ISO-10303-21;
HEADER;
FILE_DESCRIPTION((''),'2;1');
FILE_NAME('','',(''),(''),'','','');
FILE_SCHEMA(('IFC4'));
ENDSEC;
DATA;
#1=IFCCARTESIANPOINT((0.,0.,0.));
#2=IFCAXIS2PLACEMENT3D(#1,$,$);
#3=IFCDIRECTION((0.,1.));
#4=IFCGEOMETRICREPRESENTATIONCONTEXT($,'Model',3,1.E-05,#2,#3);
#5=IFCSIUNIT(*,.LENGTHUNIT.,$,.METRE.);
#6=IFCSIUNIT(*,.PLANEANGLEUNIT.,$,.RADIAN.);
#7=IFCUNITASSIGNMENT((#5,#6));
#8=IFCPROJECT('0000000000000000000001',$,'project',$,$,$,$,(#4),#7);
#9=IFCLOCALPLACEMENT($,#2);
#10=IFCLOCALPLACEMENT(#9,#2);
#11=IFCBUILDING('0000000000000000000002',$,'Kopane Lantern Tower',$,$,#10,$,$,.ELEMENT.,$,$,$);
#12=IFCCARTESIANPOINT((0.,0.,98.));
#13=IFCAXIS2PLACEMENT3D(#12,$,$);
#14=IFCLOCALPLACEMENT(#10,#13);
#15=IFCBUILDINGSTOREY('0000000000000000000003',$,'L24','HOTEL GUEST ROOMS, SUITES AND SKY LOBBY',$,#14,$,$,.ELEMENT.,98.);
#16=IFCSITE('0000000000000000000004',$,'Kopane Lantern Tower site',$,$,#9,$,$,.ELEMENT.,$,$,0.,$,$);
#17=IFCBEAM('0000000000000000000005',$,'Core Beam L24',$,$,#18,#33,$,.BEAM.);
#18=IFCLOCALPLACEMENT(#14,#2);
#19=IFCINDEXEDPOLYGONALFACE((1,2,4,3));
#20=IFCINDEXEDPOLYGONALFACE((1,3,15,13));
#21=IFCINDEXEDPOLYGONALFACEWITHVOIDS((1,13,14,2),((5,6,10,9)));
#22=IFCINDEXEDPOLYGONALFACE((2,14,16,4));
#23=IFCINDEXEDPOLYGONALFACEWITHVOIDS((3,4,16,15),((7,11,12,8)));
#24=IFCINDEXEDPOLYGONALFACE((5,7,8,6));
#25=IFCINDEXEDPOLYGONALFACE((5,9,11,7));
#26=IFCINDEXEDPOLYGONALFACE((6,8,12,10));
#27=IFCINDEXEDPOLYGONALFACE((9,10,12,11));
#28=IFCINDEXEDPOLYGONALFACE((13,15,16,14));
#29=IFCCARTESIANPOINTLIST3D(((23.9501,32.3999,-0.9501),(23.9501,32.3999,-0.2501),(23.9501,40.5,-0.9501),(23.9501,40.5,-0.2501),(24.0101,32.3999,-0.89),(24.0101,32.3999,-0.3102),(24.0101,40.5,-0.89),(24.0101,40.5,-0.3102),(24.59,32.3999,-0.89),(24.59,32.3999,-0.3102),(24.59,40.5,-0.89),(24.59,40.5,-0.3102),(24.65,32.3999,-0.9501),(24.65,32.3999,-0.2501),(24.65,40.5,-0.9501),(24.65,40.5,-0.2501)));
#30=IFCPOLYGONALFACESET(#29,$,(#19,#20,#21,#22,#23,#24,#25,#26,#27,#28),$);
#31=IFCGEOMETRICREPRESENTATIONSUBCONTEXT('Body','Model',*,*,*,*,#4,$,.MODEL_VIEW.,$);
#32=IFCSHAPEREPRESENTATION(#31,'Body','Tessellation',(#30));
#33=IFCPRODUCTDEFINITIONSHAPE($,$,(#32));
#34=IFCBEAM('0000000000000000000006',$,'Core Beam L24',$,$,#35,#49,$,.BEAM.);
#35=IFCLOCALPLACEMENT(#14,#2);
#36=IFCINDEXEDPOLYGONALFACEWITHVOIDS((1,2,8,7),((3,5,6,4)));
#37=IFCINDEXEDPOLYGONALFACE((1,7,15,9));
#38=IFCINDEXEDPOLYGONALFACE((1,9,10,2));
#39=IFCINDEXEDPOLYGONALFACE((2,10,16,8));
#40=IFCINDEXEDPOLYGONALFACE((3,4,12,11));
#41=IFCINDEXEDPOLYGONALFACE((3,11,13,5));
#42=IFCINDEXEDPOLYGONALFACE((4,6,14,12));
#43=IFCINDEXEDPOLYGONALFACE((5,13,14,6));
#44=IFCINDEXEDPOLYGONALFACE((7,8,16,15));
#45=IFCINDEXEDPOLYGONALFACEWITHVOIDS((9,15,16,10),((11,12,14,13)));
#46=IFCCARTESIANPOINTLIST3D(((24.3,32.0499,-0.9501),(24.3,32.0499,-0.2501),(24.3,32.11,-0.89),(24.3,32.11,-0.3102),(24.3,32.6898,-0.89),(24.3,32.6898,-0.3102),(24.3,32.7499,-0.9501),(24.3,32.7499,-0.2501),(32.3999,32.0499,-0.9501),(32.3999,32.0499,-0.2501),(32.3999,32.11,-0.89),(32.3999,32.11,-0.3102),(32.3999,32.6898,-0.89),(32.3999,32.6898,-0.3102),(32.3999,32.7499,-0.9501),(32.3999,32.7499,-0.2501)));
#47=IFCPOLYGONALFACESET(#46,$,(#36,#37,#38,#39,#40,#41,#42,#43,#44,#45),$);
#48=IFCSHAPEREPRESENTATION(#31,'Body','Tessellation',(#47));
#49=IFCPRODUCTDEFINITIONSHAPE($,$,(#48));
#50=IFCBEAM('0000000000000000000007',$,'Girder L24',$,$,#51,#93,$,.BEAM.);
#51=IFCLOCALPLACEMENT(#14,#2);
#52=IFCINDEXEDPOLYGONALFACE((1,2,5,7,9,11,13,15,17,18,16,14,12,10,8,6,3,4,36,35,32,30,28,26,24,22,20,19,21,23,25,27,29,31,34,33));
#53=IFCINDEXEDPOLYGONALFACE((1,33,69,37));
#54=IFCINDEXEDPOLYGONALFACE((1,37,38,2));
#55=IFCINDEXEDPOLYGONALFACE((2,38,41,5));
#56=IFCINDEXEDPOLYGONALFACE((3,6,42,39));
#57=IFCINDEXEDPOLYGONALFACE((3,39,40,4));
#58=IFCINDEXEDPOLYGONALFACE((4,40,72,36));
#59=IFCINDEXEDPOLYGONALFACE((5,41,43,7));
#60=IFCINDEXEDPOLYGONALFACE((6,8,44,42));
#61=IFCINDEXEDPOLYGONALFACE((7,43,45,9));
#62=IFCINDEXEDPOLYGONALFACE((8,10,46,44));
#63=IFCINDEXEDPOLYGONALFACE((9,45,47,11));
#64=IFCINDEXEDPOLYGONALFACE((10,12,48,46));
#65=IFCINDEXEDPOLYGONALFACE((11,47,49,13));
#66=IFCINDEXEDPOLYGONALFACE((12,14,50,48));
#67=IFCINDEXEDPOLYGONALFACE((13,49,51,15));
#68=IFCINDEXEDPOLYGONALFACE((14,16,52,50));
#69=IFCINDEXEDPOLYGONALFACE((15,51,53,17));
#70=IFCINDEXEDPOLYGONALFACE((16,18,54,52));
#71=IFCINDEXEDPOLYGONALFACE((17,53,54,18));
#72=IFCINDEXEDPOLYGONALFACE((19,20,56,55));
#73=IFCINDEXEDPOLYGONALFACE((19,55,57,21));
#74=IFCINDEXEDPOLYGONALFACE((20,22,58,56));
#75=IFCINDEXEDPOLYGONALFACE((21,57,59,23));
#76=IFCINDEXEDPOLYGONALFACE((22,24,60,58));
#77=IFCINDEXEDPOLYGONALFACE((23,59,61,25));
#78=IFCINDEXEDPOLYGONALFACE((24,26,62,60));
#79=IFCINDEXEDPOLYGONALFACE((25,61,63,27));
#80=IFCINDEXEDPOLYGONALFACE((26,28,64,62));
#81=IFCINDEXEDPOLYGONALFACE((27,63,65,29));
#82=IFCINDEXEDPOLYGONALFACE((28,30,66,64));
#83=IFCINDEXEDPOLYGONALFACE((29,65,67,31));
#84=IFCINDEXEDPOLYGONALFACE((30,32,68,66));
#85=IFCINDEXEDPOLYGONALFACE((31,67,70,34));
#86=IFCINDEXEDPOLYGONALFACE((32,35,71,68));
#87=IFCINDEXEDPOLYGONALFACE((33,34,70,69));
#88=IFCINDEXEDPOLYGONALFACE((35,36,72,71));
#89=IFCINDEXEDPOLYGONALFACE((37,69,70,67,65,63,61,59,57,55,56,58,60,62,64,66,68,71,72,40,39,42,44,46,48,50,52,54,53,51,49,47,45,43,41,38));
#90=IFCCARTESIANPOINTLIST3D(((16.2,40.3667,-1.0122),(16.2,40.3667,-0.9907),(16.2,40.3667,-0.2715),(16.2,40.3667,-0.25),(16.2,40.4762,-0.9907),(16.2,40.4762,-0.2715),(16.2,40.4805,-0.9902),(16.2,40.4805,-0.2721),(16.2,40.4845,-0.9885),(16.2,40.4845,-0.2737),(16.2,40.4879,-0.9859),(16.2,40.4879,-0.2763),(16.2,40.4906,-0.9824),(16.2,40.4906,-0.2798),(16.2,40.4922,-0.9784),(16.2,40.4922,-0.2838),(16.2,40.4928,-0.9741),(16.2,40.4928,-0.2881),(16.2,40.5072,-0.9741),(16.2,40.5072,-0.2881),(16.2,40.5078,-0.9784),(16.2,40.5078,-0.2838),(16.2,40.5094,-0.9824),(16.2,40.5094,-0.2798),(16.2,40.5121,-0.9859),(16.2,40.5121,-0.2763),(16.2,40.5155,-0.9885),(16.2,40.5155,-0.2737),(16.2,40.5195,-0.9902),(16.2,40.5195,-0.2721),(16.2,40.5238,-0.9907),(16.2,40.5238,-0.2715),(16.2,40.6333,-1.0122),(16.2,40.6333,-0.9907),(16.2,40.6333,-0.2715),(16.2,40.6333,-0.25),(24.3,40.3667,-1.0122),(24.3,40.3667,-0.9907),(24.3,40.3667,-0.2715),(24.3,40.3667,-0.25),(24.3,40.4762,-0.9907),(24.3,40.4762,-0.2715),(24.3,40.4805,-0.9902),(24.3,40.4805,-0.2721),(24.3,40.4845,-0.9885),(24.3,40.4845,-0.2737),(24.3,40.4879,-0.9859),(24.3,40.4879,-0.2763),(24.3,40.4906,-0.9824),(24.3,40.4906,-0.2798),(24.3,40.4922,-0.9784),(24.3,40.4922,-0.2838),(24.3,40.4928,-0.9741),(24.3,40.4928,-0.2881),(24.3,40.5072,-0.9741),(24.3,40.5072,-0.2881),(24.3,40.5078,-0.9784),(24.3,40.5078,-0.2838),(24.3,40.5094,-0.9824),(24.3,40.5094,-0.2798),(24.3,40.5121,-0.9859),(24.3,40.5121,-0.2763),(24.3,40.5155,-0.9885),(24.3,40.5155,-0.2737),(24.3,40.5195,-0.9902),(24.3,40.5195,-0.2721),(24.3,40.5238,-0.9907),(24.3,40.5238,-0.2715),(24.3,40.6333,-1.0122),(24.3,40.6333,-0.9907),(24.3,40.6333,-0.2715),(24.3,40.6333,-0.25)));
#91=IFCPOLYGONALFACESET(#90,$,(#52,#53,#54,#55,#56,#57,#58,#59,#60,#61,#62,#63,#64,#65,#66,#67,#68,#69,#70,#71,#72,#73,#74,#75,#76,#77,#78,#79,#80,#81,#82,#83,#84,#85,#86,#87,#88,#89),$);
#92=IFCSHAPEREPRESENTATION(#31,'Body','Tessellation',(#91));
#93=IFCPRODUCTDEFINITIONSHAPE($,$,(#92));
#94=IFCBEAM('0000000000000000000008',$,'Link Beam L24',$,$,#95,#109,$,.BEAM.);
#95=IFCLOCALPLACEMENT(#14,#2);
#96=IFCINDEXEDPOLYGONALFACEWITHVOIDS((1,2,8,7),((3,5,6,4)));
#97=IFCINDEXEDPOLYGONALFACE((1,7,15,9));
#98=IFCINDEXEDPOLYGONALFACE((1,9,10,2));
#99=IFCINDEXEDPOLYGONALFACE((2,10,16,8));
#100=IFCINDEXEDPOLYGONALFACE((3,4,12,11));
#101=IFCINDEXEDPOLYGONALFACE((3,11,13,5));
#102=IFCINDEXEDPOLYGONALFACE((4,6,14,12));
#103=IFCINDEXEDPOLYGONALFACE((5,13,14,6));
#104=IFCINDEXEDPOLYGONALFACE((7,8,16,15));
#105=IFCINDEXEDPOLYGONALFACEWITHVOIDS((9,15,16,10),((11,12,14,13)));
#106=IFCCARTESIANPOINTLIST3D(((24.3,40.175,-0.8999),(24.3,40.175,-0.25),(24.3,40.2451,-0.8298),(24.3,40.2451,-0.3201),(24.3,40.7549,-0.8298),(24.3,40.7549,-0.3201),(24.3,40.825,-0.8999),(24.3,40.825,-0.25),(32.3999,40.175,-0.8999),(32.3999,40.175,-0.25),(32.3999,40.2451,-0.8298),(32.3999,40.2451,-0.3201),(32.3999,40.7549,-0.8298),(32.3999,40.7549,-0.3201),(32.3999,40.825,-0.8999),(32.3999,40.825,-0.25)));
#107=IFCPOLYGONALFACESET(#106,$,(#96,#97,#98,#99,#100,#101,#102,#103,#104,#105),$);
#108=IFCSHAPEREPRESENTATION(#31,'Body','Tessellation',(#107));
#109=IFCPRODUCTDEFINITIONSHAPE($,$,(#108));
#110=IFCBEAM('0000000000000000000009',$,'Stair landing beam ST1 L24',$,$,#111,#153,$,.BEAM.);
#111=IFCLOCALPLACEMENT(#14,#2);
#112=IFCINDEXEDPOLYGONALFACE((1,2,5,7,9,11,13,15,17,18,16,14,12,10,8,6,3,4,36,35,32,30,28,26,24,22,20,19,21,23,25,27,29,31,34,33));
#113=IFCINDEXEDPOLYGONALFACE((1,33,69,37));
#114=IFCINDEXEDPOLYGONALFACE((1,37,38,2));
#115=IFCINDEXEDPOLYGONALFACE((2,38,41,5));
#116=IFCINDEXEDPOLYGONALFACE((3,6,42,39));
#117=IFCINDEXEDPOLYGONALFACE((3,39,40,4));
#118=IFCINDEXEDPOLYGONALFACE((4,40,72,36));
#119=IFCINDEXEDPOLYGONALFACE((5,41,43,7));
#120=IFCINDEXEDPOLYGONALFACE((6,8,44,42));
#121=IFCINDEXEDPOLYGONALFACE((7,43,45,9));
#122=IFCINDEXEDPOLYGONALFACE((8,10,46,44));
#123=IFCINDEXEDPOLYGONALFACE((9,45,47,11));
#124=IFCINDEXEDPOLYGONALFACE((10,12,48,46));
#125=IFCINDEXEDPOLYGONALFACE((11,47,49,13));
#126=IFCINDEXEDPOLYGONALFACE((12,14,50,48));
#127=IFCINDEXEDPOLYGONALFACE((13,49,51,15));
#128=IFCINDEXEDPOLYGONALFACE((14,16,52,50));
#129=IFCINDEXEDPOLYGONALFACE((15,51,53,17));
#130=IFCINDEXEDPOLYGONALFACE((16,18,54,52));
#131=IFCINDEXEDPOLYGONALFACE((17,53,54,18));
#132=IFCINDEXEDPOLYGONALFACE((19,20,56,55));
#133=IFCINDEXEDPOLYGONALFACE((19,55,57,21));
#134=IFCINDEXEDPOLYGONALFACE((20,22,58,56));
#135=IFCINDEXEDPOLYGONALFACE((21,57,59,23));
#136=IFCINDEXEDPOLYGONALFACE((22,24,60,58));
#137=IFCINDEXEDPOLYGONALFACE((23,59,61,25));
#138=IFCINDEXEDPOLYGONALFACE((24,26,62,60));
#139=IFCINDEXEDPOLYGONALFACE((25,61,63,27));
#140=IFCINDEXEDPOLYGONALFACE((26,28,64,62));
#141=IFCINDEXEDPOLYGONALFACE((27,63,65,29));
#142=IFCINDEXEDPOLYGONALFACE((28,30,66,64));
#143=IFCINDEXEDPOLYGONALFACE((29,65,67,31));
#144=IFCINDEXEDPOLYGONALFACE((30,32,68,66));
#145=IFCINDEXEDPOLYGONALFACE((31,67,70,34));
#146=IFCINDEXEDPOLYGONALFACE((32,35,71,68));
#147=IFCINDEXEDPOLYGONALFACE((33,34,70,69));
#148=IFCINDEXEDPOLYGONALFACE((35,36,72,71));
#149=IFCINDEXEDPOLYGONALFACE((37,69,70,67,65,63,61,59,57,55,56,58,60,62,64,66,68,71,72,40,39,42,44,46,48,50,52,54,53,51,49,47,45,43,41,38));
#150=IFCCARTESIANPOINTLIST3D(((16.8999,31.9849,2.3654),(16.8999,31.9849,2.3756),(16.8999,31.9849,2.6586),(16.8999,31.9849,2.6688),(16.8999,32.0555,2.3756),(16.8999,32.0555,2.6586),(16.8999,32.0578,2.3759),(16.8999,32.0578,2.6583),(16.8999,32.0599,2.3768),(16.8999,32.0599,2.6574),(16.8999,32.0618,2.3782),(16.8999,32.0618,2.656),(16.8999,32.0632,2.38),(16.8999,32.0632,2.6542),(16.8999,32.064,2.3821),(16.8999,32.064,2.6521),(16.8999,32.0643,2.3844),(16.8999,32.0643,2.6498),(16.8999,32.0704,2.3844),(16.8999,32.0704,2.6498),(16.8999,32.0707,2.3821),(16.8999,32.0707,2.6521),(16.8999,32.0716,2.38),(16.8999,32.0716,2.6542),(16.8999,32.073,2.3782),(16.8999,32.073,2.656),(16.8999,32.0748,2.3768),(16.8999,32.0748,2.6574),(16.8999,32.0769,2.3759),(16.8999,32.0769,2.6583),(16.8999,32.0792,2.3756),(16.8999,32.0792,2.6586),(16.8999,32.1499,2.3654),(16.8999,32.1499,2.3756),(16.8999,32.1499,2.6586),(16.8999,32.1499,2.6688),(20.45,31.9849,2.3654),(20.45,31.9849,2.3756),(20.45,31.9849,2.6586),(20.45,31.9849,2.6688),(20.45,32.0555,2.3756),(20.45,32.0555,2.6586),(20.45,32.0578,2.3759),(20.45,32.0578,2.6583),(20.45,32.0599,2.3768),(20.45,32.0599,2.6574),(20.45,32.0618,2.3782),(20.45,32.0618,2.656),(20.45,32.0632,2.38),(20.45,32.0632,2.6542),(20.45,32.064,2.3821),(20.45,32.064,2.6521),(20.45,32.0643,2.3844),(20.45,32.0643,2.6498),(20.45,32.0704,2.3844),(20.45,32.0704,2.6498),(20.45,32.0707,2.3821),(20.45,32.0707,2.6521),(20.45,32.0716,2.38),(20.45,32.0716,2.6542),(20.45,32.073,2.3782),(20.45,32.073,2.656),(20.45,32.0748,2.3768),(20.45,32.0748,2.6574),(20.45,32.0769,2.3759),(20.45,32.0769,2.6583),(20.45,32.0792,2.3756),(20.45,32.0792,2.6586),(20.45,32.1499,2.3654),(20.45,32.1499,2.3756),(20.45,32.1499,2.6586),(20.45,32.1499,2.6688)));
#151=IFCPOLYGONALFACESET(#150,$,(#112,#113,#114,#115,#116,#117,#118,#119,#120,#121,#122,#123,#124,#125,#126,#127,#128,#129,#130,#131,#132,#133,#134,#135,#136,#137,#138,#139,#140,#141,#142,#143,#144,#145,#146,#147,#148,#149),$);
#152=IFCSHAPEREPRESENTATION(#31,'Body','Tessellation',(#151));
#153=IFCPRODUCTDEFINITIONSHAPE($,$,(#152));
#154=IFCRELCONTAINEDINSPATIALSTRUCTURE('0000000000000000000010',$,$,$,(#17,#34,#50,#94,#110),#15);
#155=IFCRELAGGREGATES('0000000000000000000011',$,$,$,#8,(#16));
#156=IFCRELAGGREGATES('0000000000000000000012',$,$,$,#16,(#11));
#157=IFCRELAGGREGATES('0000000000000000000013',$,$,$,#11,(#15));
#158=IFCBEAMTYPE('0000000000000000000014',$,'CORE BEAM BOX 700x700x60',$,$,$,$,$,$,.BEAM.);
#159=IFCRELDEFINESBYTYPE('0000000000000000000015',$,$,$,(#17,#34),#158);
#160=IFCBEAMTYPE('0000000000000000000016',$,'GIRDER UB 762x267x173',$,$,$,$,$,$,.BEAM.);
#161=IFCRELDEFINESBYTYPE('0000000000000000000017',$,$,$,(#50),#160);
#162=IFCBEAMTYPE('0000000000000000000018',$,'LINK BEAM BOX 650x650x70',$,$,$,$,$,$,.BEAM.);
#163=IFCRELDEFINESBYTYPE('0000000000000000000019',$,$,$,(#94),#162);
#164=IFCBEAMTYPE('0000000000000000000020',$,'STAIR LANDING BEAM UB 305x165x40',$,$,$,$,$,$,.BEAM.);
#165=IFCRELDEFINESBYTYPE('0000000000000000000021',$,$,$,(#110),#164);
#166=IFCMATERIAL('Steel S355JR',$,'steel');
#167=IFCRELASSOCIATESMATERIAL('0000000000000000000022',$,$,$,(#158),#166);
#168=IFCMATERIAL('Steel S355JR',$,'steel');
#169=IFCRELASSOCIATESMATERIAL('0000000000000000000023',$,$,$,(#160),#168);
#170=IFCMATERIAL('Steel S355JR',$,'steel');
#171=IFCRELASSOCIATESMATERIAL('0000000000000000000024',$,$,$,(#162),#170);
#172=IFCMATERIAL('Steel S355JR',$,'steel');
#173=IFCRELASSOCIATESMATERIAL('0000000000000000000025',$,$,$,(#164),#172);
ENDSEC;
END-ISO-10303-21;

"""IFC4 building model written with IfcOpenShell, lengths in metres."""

from ifc_helpers import new_model, si_unit, direction, frame, origin, origin_2d, place, context, subcontext, project, spatial, hollow_rectangle, i_section, extrude, material, material_profile, profile_set, type_object, element, save


model = new_model("IFC4")

# Units and contexts
model_context = context("Model", 3, precision=1e-05, world=origin(), true_north=direction((0.0, 1.0)))
body_context = subcontext(model_context, "Body", "Model", "MODEL_VIEW")
ifc_project = project(units=[si_unit("LENGTHUNIT", "METRE"), si_unit("PLANEANGLEUNIT", "RADIAN")], contexts=[model_context])

# Site, building, storey
site_placement = place(None, origin())
site = spatial("IfcSite", under=ifc_project, at=site_placement, Name="Kopane Lantern Tower site", CompositionType="ELEMENT", RefElevation=0.0)
building_placement = place(site_placement, origin())
building = spatial("IfcBuilding", under=site, at=building_placement, Name="Kopane Lantern Tower", CompositionType="ELEMENT")
storey_placement = place(building_placement, frame((0.0, 0.0, 98.0)))
storey = spatial("IfcBuildingStorey", under=building, at=storey_placement, Name="L24", Description="HOTEL GUEST ROOMS, SUITES AND SKY LOBBY", CompositionType="ELEMENT", Elevation=98.0)

# Beams
ifc_material_1 = material(Name="Steel S355JR", Category="steel")
ifc_material_profile_1 = material_profile(ifc_material_1, hollow_rectangle(XDim=0.7, YDim=0.7, WallThickness=0.0601, at=origin_2d()), Name="BOX 700x700x60")
ifc_profile_set_1 = profile_set([ifc_material_profile_1], Name="Steel S355JR")
beam_type_1 = type_object("IfcBeamType", Name="CORE BEAM BOX 700x700x60", PredefinedType="BEAM", material=ifc_profile_set_1)
for number, where, z_axis, x_axis, name in (
    (1, (24.3, 32.3999, -0.6001), (0.0, 1.0, 0.0), (-1.0, 0.0, 0.0), "Core Beam L24"),
):
    element("IfcBeam", number, at=place(storey_placement, frame(where, z_axis=z_axis, x_axis=x_axis)), inside=storey, type_object=beam_type_1, Name=name, PredefinedType="BEAM", context=body_context, shape_type="SweptSolid", body=[
        extrude(hollow_rectangle(XDim=0.7, YDim=0.7, WallThickness=0.0601, at=origin_2d()), origin(), (0.0, 0.0, 1.0), 8.1001),
    ])
beam_1_placement = place(storey_placement, frame((24.3, 32.3999, -0.6001), z_axis=(1.0, 0.0, 0.0), x_axis=(0.0, 1.0, 0.0)))
element("IfcBeam", 2, at=beam_1_placement, inside=storey, type_object=beam_type_1, Name="Core Beam L24", PredefinedType="BEAM", context=body_context, shape_type="SweptSolid", body=[
    extrude(hollow_rectangle(XDim=0.7, YDim=0.7, WallThickness=0.0601, at=origin_2d()), origin(), (0.0, 0.0, 1.0), 8.0999),
])
ifc_material_2 = material(Name="Steel S355JR", Category="steel")
ifc_material_profile_2 = material_profile(ifc_material_2, i_section(OverallWidth=0.2666, OverallDepth=0.7622, WebThickness=0.0144, FlangeThickness=0.0215, FilletRadius=0.0166, at=origin_2d()), Name="UB 762x267x173")
ifc_profile_set_2 = profile_set([ifc_material_profile_2], Name="Steel S355JR")
beam_type_2 = type_object("IfcBeamType", Name="GIRDER UB 762x267x173", PredefinedType="BEAM", material=ifc_profile_set_2)
beam_2_placement = place(storey_placement, frame((16.2, 40.5, -0.6311), z_axis=(1.0, 0.0, 0.0), x_axis=(0.0, 1.0, 0.0)))
element("IfcBeam", 3, at=beam_2_placement, inside=storey, type_object=beam_type_2, Name="Girder L24", PredefinedType="BEAM", context=body_context, shape_type="SweptSolid", body=[
    extrude(i_section(OverallWidth=0.2666, OverallDepth=0.7622, WebThickness=0.0144, FlangeThickness=0.0215, FilletRadius=0.0166, at=origin_2d()), origin(), (0.0, 0.0, 1.0), 8.1001),
])
ifc_material_3 = material(Name="Steel S355JR", Category="steel")
ifc_material_profile_3 = material_profile(ifc_material_3, hollow_rectangle(XDim=0.6499, YDim=0.6499, WallThickness=0.0701, at=origin_2d()), Name="BOX 650x650x70")
ifc_profile_set_3 = profile_set([ifc_material_profile_3], Name="Steel S355JR")
beam_type_3 = type_object("IfcBeamType", Name="LINK BEAM BOX 650x650x70", PredefinedType="BEAM", material=ifc_profile_set_3)
beam_3_placement = place(storey_placement, frame((24.3, 40.5, -0.575), z_axis=(1.0, 0.0, 0.0), x_axis=(0.0, 1.0, 0.0)))
element("IfcBeam", 4, at=beam_3_placement, inside=storey, type_object=beam_type_3, Name="Link Beam L24", PredefinedType="BEAM", context=body_context, shape_type="SweptSolid", body=[
    extrude(hollow_rectangle(XDim=0.6499, YDim=0.6499, WallThickness=0.0701, at=origin_2d()), origin(), (0.0, 0.0, 1.0), 8.0999),
])
ifc_material_4 = material(Name="Steel S355JR", Category="steel")
ifc_material_profile_4 = material_profile(ifc_material_4, i_section(OverallWidth=0.165, OverallDepth=0.3035, WebThickness=0.0061, FlangeThickness=0.0103, FilletRadius=0.0088, at=origin_2d()), Name="UB 305x165x40")
ifc_profile_set_4 = profile_set([ifc_material_profile_4], Name="Steel S355JR")
beam_type_4 = type_object("IfcBeamType", Name="STAIR LANDING BEAM UB 305x165x40", PredefinedType="BEAM", material=ifc_profile_set_4)
beam_4_placement = place(storey_placement, frame((16.8999, 32.0674, 2.5171), z_axis=(1.0, 0.0, 0.0), x_axis=(0.0, 1.0, 0.0)))
element("IfcBeam", 5, at=beam_4_placement, inside=storey, type_object=beam_type_4, Name="Stair landing beam ST1 L24", PredefinedType="BEAM", context=body_context, shape_type="SweptSolid", body=[
    extrude(i_section(OverallWidth=0.165, OverallDepth=0.3035, WebThickness=0.0061, FlangeThickness=0.0103, FilletRadius=0.0088, at=origin_2d()), origin(), (0.0, 0.0, 1.0), 3.55),
])

save(model, "model.ifc")
